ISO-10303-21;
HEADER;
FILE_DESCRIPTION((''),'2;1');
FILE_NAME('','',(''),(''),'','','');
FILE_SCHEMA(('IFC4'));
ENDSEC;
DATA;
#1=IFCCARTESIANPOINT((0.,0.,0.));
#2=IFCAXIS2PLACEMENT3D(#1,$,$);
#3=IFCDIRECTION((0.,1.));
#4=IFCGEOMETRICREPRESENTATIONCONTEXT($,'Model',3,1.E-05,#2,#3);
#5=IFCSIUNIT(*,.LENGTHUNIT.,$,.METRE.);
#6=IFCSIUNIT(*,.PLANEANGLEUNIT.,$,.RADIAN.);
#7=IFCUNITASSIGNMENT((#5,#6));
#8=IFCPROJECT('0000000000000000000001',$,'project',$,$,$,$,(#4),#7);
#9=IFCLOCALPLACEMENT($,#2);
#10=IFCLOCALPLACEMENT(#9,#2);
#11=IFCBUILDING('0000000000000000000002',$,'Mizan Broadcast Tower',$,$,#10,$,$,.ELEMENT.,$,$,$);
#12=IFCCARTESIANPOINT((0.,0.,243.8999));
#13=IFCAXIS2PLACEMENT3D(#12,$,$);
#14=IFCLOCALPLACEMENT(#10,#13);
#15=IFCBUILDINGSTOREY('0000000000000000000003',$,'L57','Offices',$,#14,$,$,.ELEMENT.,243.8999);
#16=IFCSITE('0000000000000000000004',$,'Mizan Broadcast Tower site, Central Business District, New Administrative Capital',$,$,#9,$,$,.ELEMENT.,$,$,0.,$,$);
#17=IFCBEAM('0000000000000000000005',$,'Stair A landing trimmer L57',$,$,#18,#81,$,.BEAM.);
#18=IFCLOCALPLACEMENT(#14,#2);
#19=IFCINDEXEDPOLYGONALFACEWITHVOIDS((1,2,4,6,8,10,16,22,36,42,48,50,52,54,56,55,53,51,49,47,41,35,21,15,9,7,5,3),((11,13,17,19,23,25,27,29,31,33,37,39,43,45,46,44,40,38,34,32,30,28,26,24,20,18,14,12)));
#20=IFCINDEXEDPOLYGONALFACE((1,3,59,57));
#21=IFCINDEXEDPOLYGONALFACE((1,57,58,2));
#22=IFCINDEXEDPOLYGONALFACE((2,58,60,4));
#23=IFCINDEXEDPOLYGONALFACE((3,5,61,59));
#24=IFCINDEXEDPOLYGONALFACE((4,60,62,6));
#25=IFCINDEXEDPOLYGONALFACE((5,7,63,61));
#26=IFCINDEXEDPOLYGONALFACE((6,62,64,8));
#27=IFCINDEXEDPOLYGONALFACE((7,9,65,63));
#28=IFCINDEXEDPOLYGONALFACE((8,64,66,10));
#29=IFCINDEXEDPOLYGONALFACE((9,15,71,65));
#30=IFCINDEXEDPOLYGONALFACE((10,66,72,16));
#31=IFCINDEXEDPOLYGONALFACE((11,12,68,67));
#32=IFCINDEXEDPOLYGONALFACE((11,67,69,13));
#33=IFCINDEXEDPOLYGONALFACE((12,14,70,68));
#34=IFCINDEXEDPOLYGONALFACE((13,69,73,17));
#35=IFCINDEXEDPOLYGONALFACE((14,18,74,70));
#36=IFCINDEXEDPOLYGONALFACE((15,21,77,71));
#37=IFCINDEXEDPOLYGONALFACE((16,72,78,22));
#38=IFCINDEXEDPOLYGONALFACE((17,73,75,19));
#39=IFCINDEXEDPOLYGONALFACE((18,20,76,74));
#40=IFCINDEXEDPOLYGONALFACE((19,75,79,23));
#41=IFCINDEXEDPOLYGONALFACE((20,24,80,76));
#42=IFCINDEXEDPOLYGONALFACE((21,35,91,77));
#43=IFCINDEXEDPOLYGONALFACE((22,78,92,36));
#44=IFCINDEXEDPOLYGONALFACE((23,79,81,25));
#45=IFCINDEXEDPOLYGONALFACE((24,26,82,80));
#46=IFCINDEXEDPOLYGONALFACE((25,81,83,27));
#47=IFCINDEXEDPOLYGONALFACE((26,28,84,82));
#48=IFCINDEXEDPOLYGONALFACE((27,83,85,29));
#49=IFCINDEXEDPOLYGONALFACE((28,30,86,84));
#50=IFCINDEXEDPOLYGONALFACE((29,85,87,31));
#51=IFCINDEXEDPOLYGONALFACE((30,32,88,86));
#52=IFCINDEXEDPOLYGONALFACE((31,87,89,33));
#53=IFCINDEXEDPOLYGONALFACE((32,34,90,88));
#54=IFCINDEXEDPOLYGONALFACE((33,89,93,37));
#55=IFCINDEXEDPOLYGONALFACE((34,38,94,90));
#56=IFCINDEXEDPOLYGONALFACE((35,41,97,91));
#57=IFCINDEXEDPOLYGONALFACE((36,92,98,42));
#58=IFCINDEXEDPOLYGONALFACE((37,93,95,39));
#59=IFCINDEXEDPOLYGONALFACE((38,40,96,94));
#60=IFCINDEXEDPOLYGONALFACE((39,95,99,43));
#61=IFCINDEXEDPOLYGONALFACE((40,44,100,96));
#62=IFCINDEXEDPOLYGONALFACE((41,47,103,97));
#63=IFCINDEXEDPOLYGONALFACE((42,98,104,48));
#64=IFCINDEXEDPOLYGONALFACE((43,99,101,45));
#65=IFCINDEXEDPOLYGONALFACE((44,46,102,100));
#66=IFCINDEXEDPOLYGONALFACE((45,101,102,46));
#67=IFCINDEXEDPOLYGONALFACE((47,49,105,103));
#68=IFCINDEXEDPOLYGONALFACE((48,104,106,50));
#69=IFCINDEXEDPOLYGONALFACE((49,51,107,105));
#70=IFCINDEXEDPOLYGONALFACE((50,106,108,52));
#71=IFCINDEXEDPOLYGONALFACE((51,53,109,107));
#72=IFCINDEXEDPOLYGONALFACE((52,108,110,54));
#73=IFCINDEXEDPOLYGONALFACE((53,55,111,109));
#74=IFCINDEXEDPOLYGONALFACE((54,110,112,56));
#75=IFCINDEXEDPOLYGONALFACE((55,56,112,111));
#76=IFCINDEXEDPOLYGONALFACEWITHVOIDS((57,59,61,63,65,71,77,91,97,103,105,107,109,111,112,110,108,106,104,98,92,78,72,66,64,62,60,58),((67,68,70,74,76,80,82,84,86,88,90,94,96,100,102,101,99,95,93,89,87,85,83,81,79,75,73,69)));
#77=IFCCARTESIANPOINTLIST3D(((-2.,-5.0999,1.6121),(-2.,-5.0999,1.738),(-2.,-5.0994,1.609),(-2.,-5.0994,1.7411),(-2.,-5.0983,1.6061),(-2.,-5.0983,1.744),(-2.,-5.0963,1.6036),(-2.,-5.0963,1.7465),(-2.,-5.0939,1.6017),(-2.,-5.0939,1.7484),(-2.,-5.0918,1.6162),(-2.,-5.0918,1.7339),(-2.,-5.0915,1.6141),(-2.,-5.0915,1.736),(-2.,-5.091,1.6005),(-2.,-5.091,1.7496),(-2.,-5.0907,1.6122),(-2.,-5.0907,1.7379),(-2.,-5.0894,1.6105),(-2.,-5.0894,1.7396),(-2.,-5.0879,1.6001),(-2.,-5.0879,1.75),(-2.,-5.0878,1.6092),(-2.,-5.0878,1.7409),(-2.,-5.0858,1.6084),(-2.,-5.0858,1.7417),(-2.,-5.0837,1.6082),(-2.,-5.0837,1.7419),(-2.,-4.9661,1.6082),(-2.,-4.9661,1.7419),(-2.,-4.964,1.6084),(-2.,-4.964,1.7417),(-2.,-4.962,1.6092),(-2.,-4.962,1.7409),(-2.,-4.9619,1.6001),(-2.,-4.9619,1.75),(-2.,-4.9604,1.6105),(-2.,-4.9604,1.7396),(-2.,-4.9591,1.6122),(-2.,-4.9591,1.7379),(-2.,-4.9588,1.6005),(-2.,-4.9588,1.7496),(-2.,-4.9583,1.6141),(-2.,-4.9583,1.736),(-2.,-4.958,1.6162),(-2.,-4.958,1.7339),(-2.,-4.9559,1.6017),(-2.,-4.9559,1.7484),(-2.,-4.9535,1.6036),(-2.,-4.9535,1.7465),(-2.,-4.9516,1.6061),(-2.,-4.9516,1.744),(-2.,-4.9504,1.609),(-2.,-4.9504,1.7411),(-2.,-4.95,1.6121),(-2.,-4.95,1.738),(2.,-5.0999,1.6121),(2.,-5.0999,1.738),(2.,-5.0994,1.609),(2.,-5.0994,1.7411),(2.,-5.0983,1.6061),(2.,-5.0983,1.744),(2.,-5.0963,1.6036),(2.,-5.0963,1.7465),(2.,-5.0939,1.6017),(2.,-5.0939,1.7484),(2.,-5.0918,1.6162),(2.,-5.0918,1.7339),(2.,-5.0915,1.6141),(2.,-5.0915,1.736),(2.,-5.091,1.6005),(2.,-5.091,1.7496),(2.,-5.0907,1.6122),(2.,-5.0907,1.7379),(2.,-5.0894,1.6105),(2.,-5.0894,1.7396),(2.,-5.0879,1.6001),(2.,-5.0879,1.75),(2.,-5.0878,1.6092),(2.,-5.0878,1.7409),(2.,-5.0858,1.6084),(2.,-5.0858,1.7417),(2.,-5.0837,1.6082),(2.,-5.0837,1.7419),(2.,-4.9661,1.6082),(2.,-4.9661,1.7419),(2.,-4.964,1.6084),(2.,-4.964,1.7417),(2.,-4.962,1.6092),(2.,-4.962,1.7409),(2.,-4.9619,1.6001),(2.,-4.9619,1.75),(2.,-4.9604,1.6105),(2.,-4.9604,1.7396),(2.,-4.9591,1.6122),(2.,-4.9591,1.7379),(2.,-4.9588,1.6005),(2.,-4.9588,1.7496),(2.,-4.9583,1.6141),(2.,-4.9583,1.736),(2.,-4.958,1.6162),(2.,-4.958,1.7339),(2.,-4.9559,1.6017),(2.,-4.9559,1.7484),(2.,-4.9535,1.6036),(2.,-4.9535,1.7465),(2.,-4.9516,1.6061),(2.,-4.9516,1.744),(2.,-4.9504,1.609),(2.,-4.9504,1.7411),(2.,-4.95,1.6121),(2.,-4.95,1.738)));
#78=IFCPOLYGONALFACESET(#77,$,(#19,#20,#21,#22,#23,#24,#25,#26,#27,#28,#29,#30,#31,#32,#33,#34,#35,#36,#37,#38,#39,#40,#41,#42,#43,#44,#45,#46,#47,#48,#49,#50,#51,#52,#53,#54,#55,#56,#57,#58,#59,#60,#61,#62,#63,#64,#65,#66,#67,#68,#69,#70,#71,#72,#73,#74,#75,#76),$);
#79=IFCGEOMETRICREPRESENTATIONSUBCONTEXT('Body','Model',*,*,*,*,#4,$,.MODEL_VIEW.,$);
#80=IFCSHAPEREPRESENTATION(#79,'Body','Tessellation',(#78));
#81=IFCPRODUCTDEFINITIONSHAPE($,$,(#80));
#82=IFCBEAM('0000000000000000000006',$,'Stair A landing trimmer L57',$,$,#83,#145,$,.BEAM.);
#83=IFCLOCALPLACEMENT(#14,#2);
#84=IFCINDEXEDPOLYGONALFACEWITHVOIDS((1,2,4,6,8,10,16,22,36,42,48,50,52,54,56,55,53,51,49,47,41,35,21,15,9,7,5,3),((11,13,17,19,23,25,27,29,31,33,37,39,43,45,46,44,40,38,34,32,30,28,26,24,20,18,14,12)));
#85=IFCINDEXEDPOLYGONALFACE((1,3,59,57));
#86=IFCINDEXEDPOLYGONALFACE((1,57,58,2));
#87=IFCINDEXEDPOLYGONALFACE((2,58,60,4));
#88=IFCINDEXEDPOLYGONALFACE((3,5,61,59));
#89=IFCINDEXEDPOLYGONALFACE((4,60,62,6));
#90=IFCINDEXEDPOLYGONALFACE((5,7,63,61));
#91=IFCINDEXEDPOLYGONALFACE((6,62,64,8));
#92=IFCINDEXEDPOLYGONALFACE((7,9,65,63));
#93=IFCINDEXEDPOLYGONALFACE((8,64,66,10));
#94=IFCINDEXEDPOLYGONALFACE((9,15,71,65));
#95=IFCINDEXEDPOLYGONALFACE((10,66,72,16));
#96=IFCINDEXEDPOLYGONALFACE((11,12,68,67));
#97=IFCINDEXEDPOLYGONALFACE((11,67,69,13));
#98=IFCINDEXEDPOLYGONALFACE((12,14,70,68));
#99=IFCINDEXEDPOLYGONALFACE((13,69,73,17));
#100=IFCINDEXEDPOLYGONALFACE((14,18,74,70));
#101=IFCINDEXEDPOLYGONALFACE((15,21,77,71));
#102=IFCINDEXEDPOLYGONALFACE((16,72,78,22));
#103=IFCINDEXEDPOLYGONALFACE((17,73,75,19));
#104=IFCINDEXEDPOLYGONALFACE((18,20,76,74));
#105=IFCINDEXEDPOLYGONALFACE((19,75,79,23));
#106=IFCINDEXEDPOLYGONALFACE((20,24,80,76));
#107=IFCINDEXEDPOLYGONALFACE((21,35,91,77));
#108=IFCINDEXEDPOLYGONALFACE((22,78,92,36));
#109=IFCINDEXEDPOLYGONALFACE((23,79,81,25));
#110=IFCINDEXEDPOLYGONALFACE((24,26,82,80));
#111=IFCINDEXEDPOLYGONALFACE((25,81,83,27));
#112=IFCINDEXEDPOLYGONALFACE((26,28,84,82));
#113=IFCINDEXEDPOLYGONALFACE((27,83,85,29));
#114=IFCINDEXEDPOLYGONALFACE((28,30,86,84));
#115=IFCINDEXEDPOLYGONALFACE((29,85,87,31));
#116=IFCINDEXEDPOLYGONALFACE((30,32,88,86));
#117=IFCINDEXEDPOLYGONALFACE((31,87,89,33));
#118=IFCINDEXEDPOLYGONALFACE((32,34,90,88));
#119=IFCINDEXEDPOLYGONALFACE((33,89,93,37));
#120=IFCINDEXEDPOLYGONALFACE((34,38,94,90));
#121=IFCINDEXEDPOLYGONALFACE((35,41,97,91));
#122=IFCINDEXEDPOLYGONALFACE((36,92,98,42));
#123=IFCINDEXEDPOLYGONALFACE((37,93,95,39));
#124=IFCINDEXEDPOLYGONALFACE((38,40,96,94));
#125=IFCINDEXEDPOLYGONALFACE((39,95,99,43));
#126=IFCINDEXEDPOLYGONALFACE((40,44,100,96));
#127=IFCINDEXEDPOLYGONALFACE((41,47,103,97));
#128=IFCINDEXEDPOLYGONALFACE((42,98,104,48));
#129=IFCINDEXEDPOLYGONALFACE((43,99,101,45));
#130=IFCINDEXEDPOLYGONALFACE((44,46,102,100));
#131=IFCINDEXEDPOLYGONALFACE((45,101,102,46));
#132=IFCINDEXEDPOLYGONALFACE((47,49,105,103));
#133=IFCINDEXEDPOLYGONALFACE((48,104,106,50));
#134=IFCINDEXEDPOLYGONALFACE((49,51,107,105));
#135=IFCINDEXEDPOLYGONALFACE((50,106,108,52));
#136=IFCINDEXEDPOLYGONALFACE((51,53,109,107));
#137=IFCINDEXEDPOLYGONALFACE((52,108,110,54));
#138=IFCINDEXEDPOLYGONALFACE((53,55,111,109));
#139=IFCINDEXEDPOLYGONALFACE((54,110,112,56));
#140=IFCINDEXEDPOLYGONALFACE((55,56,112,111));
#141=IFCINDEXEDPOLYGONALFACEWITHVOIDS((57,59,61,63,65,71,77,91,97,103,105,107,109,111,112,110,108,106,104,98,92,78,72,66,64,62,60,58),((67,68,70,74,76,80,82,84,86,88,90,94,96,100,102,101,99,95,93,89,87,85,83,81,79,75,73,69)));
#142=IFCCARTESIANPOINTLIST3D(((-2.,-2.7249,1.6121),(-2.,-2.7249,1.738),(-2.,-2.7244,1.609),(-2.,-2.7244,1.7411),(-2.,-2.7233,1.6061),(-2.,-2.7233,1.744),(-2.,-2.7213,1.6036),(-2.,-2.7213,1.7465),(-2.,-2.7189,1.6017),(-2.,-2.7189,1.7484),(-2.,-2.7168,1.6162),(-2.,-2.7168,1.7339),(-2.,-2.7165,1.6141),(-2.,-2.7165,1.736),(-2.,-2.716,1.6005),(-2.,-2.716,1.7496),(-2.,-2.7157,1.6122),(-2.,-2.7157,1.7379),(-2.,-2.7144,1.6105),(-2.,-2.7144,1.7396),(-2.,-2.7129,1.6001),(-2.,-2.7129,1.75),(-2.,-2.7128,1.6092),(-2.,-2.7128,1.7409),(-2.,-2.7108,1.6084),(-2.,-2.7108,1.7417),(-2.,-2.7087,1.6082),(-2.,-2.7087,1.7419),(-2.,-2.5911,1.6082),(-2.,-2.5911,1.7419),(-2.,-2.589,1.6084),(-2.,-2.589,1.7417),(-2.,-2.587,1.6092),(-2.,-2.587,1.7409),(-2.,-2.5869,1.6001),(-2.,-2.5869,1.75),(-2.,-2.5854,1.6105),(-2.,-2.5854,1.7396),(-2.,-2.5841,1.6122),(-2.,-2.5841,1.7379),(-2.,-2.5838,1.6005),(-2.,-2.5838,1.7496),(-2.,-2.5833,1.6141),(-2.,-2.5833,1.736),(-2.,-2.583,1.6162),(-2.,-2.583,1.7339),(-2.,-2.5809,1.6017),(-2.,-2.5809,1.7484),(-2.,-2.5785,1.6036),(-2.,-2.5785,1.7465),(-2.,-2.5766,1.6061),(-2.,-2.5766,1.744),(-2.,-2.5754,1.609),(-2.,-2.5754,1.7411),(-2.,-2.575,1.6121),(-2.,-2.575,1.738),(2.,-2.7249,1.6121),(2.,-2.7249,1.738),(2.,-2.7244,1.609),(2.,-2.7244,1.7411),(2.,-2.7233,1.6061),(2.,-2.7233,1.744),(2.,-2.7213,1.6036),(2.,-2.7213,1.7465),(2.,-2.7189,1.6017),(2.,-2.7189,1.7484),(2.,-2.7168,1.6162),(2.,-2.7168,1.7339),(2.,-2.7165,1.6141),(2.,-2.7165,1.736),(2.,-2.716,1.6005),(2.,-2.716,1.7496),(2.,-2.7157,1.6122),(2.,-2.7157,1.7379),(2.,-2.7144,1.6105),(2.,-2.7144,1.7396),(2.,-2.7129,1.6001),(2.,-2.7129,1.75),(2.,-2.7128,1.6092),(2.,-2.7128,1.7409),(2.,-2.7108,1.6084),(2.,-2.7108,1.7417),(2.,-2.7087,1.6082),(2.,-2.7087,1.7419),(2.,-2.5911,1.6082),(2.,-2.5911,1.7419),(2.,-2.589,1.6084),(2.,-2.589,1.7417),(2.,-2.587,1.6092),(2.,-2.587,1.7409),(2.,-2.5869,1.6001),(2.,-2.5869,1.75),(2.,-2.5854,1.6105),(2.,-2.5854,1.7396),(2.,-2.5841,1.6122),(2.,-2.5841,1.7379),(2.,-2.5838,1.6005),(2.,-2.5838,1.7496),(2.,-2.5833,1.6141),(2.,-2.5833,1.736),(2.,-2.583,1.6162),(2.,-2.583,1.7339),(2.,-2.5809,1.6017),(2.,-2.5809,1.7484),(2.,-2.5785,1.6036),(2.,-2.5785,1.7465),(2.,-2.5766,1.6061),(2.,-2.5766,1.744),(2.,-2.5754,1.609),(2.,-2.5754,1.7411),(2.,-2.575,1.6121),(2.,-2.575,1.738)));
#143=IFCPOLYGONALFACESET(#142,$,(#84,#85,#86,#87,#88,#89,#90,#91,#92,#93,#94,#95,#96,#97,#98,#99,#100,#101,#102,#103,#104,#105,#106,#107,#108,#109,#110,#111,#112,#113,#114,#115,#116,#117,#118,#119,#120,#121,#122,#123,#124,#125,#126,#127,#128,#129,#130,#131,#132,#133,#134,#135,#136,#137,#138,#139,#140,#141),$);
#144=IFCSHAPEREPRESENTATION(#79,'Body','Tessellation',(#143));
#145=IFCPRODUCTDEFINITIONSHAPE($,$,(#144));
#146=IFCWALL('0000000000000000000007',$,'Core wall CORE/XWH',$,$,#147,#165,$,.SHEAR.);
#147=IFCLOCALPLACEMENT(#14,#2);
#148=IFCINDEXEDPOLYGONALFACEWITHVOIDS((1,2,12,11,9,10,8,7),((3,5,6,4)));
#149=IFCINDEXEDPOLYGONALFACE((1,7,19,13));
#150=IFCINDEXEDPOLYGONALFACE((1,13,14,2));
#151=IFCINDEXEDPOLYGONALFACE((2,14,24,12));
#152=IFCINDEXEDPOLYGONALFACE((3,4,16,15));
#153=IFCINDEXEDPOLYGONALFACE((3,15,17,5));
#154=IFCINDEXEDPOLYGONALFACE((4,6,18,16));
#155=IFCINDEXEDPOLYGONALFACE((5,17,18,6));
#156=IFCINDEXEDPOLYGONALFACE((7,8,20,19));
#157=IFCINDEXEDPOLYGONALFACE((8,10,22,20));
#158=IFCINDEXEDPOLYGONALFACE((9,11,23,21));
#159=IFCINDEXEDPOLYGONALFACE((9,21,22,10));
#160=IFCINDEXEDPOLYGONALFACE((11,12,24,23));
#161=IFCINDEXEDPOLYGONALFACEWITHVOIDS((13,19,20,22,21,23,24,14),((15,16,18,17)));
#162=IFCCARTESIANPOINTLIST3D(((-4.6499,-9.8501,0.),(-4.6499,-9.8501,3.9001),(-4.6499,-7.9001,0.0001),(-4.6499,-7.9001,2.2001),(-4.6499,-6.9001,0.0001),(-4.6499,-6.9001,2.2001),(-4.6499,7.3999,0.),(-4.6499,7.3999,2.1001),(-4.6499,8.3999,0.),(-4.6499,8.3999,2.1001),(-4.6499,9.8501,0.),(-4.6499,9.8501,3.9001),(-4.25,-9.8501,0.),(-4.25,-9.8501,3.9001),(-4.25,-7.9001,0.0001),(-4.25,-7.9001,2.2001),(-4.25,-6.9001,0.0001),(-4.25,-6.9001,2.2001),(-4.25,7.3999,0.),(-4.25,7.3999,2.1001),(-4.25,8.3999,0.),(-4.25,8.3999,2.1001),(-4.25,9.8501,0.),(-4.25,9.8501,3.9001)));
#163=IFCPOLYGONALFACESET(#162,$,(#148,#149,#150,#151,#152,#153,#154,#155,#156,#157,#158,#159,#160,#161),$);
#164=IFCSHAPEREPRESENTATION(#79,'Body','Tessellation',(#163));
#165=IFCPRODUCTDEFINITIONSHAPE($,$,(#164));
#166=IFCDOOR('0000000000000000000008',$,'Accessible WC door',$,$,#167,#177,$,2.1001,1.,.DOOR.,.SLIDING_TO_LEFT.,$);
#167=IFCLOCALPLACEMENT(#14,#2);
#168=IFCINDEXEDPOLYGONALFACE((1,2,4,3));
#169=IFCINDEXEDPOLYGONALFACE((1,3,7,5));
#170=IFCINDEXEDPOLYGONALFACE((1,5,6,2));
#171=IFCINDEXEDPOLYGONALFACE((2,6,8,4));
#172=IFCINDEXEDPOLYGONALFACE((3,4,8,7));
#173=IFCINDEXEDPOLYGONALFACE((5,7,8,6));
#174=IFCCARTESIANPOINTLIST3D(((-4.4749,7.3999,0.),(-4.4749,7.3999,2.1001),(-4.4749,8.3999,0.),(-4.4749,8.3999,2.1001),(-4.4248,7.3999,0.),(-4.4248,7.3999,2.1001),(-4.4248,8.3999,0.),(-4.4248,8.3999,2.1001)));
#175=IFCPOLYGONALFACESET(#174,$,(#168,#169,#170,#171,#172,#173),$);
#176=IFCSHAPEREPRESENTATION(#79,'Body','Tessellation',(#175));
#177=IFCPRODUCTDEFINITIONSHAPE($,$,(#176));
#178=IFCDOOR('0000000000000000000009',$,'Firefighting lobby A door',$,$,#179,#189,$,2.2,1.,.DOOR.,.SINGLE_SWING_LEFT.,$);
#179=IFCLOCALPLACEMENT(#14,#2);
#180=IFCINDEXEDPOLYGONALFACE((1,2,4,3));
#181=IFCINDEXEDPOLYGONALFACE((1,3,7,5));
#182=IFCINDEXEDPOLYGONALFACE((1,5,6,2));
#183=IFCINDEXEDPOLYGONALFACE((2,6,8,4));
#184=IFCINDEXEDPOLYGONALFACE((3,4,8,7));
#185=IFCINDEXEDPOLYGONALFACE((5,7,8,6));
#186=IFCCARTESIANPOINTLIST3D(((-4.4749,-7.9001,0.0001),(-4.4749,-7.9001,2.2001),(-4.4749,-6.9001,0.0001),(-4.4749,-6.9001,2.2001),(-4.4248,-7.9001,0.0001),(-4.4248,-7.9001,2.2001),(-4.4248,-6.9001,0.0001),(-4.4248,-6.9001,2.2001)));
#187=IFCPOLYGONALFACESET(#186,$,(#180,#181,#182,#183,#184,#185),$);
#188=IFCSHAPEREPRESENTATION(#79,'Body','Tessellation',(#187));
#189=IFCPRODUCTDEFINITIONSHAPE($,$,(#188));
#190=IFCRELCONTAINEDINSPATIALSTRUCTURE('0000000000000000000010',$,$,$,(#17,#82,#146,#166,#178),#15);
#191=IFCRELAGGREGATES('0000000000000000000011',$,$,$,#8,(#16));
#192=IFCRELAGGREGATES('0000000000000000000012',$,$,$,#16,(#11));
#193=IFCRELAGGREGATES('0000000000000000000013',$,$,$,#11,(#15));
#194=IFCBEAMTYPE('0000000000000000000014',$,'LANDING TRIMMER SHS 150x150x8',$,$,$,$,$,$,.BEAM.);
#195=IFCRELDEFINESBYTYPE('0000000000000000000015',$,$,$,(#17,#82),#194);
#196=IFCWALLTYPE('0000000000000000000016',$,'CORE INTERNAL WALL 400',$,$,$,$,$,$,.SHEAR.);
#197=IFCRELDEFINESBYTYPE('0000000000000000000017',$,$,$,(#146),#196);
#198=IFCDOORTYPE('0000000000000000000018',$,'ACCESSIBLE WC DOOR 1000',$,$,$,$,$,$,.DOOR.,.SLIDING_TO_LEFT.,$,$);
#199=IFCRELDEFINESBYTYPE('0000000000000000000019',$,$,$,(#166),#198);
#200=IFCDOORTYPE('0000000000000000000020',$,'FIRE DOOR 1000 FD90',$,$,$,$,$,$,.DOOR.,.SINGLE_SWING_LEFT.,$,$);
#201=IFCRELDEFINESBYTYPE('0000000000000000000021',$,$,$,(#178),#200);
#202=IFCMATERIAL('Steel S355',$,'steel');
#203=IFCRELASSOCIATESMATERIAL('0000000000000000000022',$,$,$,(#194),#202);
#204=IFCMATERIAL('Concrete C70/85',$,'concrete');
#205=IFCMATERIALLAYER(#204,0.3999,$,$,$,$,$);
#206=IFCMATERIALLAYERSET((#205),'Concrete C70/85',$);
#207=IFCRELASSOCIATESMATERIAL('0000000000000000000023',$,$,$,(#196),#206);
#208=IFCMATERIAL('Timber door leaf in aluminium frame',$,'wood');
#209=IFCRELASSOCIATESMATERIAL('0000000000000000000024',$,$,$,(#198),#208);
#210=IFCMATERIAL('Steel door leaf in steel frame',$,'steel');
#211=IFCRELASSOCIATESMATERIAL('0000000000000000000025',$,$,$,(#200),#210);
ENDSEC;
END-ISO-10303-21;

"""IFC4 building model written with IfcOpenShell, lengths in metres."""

from ifc_helpers import new_model, si_unit, direction, frame, frame_2d, origin, origin_2d, place, context, subcontext, project, spatial, rectangle, hollow_rectangle, extrude, material, layer, layer_set, material_profile, profile_set, type_object, element, fill, save


model = new_model("IFC4")

# Units and contexts
model_context = context("Model", 3, precision=1e-05, world=origin(), true_north=direction((0.0, 1.0)))
body_context = subcontext(model_context, "Body", "Model", "MODEL_VIEW")
ifc_project = project(units=[si_unit("LENGTHUNIT", "METRE"), si_unit("PLANEANGLEUNIT", "RADIAN")], contexts=[model_context])

# Site, building, storey
site_placement = place(None, origin())
site = spatial("IfcSite", under=ifc_project, at=site_placement, Name="Mizan Broadcast Tower site, Central Business District, New Administrative Capital", CompositionType="ELEMENT", RefElevation=0.0)
building_placement = place(site_placement, origin())
building = spatial("IfcBuilding", under=site, at=building_placement, Name="Mizan Broadcast Tower", CompositionType="ELEMENT")
storey_placement = place(building_placement, frame((0.0, 0.0, 243.8999)))
storey = spatial("IfcBuildingStorey", under=building, at=storey_placement, Name="L57", Description="Offices", CompositionType="ELEMENT", Elevation=243.8999)

# Beams
ifc_material_1 = material(Name="Steel S355", Category="steel")
ifc_material_profile = material_profile(ifc_material_1, hollow_rectangle(XDim=0.1499, YDim=0.1499, WallThickness=0.0081, InnerFilletRadius=0.0081, OuterFilletRadius=0.012, at=origin_2d()), Name="SHS 150x150x8")
ifc_profile_set = profile_set([ifc_material_profile], Name="Steel S355")
beam_type = type_object("IfcBeamType", Name="LANDING TRIMMER SHS 150x150x8", PredefinedType="BEAM", material=ifc_profile_set)
for number, where, z_axis, x_axis, name in (
    (1, (-2.0, -5.0249, 1.675), (1.0, 0.0, 0.0), (0.0, 1.0, 0.0), "Stair A landing trimmer L57"),
    (2, (-2.0, -2.6499, 1.675), (1.0, 0.0, 0.0), (0.0, 1.0, 0.0), "Stair A landing trimmer L57"),
):
    element("IfcBeam", number, at=place(storey_placement, frame(where, z_axis=z_axis, x_axis=x_axis)), inside=storey, type_object=beam_type, Name=name, PredefinedType="BEAM", context=body_context, shape_type="SweptSolid", body=[
        extrude(hollow_rectangle(XDim=0.1499, YDim=0.1499, WallThickness=0.0081, InnerFilletRadius=0.0081, OuterFilletRadius=0.012, at=origin_2d()), origin(), (0.0, 0.0, 1.0), 4.0),
    ])

# Wall, openings, doors
ifc_material_2 = material(Name="Concrete C70/85", Category="concrete")
ifc_layer_1 = layer(ifc_material_2, 0.3999)
ifc_layer_set_1 = layer_set([ifc_layer_1], Name="Concrete C70/85")
wall_type_1 = type_object("IfcWallType", Name="CORE INTERNAL WALL 400", PredefinedType="SHEAR", material=ifc_layer_set_1)
wall_1_placement = place(storey_placement, frame((-4.45, -9.8501, 0.0), z_axis=(0.0, 0.0, 1.0), x_axis=(0.0, 1.0, 0.0)))
wall_1 = element("IfcWall", 3, at=wall_1_placement, inside=storey, type_object=wall_type_1, Name="Core wall CORE/XWH", PredefinedType="SHEAR", context=body_context, shape_type="SweptSolid", body=[
    extrude(rectangle(XDim=19.7002, YDim=0.3999, at=frame_2d((9.8501, 0.0))), origin(), (0.0, 0.0, 1.0), 3.9001),
])
opening_1_placement = place(wall_1_placement, frame((1.95, 0.0, 0.0)))
opening_1 = element("IfcOpeningElement", 4, at=opening_1_placement, cuts=wall_1, PredefinedType="OPENING", context=body_context, shape_type="SweptSolid", body=[
    extrude(rectangle(XDim=1.0, YDim=2.2, at=frame_2d((0.5, 1.1001))), frame((0.0, 0.21, 0.0), z_axis=(0.0, -1.0, 0.0), x_axis=(1.0, 0.0, 0.0)), (0.0, 0.0, 1.0), 0.4199),
])
opening_2_placement = place(wall_1_placement, frame((17.25, 0.0, 0.0)))
opening_2 = element("IfcOpeningElement", 5, at=opening_2_placement, cuts=wall_1, PredefinedType="OPENING", context=body_context, shape_type="SweptSolid", body=[
    extrude(rectangle(XDim=1.0, YDim=2.1001, at=frame_2d((0.5, 1.05))), frame((0.0, 0.21, 0.0), z_axis=(0.0, -1.0, 0.0), x_axis=(1.0, 0.0, 0.0)), (0.0, 0.0, 1.0), 0.4199),
])
ifc_material_3 = material(Name="Timber door leaf in aluminium frame", Category="wood")
door_type_1 = type_object("IfcDoorType", Name="ACCESSIBLE WC DOOR 1000", OperationType="SLIDING_TO_LEFT", PredefinedType="DOOR", material=ifc_material_3)
door_1_placement = place(opening_2_placement, origin())
door_1 = element("IfcDoor", 6, at=door_1_placement, inside=storey, type_object=door_type_1, Name="Accessible WC door", OperationType="SLIDING_TO_LEFT", OverallHeight=2.1001, OverallWidth=1.0, PredefinedType="DOOR", context=body_context, shape_type="SweptSolid", body=[
    extrude(rectangle(XDim=1.0, YDim=2.1001, at=frame_2d((0.5, 1.05))), frame((0.0, 0.0249, 0.0), z_axis=(0.0, -1.0, 0.0), x_axis=(1.0, 0.0, 0.0)), (0.0, 0.0, 1.0), 0.05),
])
fill(opening_2, door_1)
ifc_material_4 = material(Name="Steel door leaf in steel frame", Category="steel")
door_type_2 = type_object("IfcDoorType", Name="FIRE DOOR 1000 FD90", OperationType="SINGLE_SWING_LEFT", PredefinedType="DOOR", material=ifc_material_4)
door_2_placement = place(opening_1_placement, origin())
door_2 = element("IfcDoor", 7, at=door_2_placement, inside=storey, type_object=door_type_2, Name="Firefighting lobby A door", OperationType="SINGLE_SWING_LEFT", OverallHeight=2.2, OverallWidth=1.0, PredefinedType="DOOR", context=body_context, shape_type="SweptSolid", body=[
    extrude(rectangle(XDim=1.0, YDim=2.2, at=frame_2d((0.5, 1.1001))), frame((0.0, 0.0249, 0.0), z_axis=(0.0, -1.0, 0.0), x_axis=(1.0, 0.0, 0.0)), (0.0, 0.0, 1.0), 0.05),
])
fill(opening_1, door_2)

save(model, "model.ifc")
